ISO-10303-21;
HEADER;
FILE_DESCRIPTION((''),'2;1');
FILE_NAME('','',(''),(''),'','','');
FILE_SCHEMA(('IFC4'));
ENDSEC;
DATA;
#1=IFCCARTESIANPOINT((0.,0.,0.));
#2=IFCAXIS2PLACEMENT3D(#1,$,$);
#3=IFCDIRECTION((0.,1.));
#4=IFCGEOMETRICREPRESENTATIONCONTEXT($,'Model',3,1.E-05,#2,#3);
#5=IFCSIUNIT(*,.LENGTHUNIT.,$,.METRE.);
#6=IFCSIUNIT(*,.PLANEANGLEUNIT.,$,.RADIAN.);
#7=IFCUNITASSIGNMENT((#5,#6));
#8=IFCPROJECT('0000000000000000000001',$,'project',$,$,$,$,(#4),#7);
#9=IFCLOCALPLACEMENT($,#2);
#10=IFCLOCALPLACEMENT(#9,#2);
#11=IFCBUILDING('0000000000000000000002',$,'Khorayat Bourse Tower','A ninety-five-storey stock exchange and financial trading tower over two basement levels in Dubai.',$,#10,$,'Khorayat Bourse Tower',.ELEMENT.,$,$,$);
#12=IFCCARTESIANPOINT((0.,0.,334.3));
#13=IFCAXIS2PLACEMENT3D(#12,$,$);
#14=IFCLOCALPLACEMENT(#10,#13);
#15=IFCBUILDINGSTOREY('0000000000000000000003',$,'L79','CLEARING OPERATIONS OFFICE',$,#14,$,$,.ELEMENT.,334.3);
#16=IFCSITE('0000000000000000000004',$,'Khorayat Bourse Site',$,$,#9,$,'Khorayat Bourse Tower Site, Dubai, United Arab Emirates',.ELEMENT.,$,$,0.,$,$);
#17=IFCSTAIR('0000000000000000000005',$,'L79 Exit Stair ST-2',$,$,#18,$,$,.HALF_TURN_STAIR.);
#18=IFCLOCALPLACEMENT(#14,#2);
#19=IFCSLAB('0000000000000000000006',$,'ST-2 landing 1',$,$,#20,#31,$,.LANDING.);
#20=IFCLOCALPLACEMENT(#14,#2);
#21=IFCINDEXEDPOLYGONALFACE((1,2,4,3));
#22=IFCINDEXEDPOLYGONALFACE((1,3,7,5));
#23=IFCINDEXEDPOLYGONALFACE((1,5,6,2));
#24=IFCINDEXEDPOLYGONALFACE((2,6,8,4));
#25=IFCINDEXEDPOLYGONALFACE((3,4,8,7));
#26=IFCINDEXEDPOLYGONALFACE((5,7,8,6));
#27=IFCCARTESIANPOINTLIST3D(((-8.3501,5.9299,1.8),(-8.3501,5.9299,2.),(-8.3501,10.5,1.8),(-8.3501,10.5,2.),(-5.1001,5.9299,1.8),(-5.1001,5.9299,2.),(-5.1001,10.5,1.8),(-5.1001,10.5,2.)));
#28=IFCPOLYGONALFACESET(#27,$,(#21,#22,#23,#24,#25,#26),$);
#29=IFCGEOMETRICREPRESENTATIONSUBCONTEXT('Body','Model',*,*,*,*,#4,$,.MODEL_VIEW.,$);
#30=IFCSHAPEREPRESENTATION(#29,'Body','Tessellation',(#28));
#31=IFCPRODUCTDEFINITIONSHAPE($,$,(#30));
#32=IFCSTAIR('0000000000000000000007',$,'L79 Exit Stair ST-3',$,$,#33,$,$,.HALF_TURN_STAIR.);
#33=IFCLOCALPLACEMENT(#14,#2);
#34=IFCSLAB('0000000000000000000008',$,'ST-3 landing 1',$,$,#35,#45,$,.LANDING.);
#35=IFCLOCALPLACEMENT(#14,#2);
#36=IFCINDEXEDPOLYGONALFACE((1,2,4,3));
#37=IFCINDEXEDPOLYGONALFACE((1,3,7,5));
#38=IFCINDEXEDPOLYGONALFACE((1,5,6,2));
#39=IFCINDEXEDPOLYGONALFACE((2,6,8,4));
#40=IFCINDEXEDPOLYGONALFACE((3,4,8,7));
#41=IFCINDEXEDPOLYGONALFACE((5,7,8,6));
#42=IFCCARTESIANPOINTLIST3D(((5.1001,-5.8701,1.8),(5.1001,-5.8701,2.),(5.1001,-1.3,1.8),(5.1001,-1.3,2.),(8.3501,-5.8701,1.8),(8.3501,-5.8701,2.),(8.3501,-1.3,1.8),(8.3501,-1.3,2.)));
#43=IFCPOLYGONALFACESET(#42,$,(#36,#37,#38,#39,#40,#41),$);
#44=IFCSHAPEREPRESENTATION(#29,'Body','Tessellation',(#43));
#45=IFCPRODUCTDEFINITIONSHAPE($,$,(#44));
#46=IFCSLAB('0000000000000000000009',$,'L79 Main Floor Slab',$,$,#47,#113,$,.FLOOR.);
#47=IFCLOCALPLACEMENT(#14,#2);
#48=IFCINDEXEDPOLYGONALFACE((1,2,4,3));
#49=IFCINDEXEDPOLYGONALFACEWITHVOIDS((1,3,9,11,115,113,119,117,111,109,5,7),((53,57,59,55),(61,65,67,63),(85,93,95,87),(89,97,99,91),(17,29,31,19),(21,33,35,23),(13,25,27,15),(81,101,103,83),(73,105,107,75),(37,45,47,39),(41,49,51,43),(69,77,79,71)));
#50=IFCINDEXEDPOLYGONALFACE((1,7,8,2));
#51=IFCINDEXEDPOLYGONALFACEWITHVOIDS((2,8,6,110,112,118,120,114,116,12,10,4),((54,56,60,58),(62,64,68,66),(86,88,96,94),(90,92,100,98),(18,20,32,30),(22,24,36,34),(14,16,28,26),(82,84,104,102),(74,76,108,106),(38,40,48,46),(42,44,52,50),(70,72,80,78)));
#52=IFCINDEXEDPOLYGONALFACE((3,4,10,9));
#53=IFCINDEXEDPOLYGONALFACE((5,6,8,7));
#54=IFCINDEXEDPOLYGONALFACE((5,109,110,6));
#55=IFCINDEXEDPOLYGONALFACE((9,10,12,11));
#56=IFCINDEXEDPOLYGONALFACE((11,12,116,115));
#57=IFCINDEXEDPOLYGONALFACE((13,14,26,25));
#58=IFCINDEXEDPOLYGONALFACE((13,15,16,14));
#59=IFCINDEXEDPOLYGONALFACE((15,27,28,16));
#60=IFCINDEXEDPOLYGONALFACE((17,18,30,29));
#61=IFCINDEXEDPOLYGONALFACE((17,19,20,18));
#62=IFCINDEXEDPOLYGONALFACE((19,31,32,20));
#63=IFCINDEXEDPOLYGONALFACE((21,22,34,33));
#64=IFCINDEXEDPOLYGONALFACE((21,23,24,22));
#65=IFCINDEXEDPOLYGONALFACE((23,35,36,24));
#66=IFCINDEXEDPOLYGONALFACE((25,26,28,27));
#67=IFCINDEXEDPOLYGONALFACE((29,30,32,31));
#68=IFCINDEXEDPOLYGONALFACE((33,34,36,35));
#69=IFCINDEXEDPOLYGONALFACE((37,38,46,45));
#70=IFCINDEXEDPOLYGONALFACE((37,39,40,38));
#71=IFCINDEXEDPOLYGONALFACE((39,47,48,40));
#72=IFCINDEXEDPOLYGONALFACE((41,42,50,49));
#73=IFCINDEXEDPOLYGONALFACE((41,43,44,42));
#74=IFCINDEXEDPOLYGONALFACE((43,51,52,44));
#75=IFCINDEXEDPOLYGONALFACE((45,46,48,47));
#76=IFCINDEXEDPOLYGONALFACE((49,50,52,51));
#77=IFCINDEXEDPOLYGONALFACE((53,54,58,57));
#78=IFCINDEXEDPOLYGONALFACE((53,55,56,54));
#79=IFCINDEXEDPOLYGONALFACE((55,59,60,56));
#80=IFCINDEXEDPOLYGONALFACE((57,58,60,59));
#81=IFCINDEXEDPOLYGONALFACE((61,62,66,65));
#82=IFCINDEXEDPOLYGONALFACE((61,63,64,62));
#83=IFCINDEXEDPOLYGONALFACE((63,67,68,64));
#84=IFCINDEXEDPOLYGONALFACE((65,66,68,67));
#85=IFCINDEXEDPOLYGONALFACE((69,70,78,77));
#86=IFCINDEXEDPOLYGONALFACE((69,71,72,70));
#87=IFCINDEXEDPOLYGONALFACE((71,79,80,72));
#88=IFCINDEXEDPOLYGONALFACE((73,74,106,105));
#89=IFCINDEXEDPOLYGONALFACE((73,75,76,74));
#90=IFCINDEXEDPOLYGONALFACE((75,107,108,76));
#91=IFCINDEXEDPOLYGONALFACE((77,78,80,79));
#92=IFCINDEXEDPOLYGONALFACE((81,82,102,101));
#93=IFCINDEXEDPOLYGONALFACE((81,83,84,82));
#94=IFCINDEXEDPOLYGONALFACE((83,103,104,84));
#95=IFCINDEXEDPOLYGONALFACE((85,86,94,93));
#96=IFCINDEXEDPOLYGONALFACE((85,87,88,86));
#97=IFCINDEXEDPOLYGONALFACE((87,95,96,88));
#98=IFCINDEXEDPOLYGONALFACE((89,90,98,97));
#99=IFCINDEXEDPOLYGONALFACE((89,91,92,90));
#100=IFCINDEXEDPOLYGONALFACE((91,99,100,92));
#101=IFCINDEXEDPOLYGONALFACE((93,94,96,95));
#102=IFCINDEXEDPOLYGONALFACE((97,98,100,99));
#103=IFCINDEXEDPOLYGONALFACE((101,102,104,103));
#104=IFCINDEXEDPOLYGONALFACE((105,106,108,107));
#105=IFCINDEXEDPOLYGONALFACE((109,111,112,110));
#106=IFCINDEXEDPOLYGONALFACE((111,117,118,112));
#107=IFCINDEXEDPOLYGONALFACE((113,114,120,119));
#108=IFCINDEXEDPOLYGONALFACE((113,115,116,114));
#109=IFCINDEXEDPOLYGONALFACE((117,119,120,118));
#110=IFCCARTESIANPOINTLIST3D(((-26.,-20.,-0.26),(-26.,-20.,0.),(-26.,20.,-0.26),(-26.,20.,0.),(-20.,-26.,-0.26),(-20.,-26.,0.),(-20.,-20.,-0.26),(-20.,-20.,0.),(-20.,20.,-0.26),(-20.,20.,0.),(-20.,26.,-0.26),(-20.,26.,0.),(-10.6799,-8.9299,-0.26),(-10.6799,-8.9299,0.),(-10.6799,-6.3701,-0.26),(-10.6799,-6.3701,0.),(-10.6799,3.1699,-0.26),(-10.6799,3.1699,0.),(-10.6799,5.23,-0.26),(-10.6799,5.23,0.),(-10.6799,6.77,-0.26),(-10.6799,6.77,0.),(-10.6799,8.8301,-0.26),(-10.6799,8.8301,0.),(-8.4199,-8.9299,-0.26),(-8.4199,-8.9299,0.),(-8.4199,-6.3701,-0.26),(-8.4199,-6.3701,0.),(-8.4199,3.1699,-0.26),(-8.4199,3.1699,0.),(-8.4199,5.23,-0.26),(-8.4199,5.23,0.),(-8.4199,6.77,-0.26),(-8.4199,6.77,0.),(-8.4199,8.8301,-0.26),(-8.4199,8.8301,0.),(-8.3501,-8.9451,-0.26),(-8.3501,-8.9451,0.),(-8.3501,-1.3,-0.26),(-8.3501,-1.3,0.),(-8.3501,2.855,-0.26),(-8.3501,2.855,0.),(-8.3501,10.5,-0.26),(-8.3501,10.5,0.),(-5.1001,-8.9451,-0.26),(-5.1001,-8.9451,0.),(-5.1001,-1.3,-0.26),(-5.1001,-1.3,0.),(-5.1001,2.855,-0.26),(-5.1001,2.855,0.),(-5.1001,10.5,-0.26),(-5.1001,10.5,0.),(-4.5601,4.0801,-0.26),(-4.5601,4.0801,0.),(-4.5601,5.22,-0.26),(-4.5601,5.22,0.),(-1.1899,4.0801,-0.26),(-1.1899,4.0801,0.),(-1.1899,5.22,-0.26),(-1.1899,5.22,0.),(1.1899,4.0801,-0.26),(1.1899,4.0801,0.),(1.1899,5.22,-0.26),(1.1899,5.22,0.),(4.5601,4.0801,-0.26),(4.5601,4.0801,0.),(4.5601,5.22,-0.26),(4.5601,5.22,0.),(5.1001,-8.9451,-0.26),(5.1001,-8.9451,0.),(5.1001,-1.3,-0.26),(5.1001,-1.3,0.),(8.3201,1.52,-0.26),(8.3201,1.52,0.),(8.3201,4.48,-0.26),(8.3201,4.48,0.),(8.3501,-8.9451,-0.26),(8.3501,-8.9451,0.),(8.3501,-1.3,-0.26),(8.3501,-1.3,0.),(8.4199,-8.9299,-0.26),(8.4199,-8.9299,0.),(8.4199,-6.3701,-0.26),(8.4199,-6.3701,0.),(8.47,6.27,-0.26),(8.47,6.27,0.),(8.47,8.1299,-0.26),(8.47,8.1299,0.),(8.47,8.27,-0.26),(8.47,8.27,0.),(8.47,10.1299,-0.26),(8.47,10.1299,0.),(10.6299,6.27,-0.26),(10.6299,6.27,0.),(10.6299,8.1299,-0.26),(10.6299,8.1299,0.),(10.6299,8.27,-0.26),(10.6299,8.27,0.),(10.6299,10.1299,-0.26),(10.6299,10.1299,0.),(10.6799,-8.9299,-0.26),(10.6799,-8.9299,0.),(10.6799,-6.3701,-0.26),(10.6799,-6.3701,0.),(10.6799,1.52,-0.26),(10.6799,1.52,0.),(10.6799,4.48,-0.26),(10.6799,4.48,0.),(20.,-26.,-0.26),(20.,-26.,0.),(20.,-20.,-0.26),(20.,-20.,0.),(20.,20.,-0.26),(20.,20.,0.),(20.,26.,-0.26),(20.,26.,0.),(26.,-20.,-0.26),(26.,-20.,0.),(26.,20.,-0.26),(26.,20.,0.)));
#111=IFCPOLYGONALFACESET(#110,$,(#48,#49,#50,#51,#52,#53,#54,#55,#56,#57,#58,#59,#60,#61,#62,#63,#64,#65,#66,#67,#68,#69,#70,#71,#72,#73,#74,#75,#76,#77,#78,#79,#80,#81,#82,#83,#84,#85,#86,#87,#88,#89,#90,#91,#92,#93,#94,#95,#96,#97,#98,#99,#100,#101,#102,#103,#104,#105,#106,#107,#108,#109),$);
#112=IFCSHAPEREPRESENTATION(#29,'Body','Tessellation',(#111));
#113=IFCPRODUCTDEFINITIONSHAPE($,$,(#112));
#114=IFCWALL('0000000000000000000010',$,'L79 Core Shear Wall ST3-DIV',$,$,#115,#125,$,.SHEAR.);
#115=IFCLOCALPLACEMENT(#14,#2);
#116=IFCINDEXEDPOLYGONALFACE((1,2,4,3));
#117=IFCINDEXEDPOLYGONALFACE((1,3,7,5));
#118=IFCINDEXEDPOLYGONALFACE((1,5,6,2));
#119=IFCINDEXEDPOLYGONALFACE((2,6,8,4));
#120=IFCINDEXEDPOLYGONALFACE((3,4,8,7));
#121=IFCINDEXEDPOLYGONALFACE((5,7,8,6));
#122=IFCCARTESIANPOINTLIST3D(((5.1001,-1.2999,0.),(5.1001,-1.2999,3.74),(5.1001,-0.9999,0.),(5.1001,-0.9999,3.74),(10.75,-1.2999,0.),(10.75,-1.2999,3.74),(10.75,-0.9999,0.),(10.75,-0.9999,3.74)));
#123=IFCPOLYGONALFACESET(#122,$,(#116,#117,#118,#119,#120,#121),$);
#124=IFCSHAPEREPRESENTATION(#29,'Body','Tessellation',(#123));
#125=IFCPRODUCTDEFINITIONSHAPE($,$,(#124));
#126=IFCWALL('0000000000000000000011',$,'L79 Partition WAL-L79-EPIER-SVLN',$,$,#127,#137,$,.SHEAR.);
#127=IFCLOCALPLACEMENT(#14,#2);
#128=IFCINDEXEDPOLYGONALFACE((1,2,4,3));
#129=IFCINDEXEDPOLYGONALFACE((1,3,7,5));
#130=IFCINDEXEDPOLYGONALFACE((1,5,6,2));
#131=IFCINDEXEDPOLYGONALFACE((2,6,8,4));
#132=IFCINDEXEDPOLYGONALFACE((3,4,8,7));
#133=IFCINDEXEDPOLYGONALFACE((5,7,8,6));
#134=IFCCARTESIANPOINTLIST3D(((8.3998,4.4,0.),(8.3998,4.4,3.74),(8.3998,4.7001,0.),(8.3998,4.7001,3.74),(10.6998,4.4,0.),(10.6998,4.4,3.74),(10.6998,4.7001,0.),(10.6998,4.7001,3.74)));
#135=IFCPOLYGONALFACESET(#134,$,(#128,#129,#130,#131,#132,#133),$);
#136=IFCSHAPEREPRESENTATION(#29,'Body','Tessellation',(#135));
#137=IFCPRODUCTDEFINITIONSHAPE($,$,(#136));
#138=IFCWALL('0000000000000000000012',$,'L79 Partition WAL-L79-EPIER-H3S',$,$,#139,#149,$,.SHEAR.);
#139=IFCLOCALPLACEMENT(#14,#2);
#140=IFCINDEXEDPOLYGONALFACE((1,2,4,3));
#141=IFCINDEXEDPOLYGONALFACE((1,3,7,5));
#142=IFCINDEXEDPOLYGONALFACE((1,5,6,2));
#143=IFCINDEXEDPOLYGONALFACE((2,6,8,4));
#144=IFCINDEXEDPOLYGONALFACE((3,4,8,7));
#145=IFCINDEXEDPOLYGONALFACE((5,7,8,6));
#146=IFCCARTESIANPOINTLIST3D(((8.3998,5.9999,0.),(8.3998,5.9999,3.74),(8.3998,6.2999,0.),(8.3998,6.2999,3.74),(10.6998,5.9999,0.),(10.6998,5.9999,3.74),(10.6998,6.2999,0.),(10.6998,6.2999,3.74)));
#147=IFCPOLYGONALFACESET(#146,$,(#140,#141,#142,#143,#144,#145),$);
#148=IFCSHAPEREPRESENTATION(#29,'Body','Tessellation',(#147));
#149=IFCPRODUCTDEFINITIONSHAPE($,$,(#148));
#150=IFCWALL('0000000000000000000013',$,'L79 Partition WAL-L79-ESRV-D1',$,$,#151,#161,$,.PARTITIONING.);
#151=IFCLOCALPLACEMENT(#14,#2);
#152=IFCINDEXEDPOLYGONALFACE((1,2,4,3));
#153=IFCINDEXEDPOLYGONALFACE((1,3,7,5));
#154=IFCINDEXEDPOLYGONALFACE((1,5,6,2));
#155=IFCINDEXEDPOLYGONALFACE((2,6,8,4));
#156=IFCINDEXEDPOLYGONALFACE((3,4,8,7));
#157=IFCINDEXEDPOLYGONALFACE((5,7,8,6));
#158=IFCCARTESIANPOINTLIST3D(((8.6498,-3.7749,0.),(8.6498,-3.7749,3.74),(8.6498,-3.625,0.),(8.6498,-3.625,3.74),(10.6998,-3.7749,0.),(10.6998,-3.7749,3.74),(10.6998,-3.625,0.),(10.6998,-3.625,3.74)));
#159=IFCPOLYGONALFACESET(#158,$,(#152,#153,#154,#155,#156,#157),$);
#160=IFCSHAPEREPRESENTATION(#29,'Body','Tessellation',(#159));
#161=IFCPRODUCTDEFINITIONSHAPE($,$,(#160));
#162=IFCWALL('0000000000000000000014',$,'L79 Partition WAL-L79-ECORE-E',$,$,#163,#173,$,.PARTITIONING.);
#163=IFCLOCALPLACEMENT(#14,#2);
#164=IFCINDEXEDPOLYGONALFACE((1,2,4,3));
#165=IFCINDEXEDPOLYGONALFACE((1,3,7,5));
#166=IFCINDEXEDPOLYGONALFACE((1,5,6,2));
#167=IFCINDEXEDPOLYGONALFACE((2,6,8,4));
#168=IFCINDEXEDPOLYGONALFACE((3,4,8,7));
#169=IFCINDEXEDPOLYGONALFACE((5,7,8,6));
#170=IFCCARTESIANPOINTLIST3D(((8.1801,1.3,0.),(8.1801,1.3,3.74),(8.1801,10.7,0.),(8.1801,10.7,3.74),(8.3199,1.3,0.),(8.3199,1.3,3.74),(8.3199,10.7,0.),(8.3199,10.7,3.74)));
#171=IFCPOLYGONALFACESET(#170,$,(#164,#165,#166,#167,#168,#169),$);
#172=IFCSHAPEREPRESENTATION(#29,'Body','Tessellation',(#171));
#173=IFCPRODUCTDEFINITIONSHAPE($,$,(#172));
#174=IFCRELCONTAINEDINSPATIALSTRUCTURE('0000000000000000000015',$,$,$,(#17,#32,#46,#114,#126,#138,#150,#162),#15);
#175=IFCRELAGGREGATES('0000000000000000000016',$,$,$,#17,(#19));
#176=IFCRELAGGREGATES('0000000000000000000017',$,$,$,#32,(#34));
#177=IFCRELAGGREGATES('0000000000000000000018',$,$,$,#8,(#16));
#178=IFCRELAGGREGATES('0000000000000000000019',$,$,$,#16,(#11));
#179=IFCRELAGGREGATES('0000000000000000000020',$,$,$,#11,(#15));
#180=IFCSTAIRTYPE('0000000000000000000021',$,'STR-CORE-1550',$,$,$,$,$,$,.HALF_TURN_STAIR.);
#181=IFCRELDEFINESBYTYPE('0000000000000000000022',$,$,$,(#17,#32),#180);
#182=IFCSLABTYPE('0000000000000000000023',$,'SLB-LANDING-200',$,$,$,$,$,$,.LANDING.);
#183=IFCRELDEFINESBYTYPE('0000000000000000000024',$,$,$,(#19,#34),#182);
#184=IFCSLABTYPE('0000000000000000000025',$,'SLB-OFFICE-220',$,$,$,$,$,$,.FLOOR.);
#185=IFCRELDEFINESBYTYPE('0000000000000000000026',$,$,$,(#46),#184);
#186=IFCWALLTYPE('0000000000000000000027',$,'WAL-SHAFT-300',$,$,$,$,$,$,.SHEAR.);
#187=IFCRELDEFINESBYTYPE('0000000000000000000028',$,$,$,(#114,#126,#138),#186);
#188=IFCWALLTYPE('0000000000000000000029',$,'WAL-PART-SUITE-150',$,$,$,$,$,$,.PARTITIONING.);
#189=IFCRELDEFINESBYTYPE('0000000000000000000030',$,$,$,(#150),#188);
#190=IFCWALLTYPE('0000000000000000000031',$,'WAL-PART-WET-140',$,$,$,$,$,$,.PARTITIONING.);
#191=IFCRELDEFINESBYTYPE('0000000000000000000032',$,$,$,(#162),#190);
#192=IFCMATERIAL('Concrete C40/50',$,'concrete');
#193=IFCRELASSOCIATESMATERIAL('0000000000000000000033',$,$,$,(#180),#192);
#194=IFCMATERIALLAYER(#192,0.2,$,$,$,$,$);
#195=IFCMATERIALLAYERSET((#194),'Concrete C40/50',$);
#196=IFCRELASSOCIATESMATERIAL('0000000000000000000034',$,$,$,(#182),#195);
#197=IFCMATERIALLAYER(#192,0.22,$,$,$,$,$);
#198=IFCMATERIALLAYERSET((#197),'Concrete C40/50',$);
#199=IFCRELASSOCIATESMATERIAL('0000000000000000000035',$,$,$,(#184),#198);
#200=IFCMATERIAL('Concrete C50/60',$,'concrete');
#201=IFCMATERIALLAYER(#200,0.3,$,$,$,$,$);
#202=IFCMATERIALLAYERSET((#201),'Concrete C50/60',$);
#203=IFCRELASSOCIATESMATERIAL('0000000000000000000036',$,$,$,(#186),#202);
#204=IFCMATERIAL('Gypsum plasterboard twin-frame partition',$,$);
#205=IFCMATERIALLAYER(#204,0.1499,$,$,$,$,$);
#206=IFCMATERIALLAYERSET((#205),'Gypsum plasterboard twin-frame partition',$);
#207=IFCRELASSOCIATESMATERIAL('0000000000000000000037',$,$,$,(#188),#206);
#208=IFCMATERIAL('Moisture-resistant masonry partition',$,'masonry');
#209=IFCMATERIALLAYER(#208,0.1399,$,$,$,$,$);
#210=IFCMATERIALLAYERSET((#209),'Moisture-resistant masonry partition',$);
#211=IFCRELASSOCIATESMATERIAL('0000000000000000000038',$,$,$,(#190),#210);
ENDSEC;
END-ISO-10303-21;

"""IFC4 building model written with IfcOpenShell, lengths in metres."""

from ifc_helpers import new_model, si_unit, direction, frame, frame_2d, origin, place, context, subcontext, project, spatial, polyline, rectangle, outline, extrude, source, transform, mapped, material, layer, layer_set, type_object, element, aggregate, save


model = new_model("IFC4")

# Units and contexts
model_context = context("Model", 3, precision=1e-05, world=origin(), true_north=direction((0.0, 1.0)))
body_context = subcontext(model_context, "Body", "Model", "MODEL_VIEW")
ifc_project = project(units=[si_unit("LENGTHUNIT", "METRE"), si_unit("PLANEANGLEUNIT", "RADIAN")], contexts=[model_context])

# Site, building, storey
site_placement = place(None, origin())
site = spatial("IfcSite", under=ifc_project, at=site_placement, Name="Khorayat Bourse Site", LongName="Khorayat Bourse Tower Site, Dubai, United Arab Emirates", CompositionType="ELEMENT", RefElevation=0.0)
building_placement = place(site_placement, origin())
building = spatial("IfcBuilding", under=site, at=building_placement, Name="Khorayat Bourse Tower", Description="A ninety-five-storey stock exchange and financial trading tower over two basement levels in Dubai.", LongName="Khorayat Bourse Tower", CompositionType="ELEMENT")
storey_placement = place(building_placement, frame((0.0, 0.0, 334.3)))
storey = spatial("IfcBuildingStorey", under=building, at=storey_placement, Name="L79", Description="CLEARING OPERATIONS OFFICE", CompositionType="ELEMENT", Elevation=334.3)

# Stairs, slabs
ifc_material_1 = material(Name="Concrete C40/50", Category="concrete")
stair_type = type_object("IfcStairType", Name="STR-CORE-1550", PredefinedType="HALF_TURN_STAIR", material=ifc_material_1)
ifc_layer_1 = layer(ifc_material_1, 0.2)
ifc_layer_set_1 = layer_set([ifc_layer_1], Name="Concrete C40/50")
slab_type_1 = type_object("IfcSlabType", Name="SLB-LANDING-200", PredefinedType="LANDING", material=ifc_layer_set_1)
stair_1_placement = place(storey_placement, origin())
stair_1 = element("IfcStair", 1, at=stair_1_placement, inside=storey, type_object=stair_type, Name="L79 Exit Stair ST-2", PredefinedType="HALF_TURN_STAIR")
slab_1_placement = place(storey_placement, frame((0.0, 0.0, 1.8)))
slab_1 = element("IfcSlab", 2, at=slab_1_placement, type_object=slab_type_1, Name="ST-2 landing 1", PredefinedType="LANDING", context=body_context, shape_type="SweptSolid", body=[
    extrude(outline(polyline([(-5.1001, 5.9299), (-5.1001, 10.5), (-8.3501, 10.5), (-8.3501, 5.9299), (-5.1001, 5.9299)])), origin(), (0.0, 0.0, 1.0), 0.2),
])
aggregate(stair_1, [slab_1])
stair_2_placement = place(storey_placement, origin())
stair_2 = element("IfcStair", 3, at=stair_2_placement, inside=storey, type_object=stair_type, Name="L79 Exit Stair ST-3", PredefinedType="HALF_TURN_STAIR")
slab_2_placement = place(storey_placement, frame((0.0, 0.0, 1.8)))
slab_2 = element("IfcSlab", 4, at=slab_2_placement, type_object=slab_type_1, Name="ST-3 landing 1", PredefinedType="LANDING", context=body_context, shape_type="SweptSolid", body=[
    extrude(outline(polyline([(8.3501, -5.8701), (8.3501, -1.3), (5.1001, -1.3), (5.1001, -5.8701), (8.3501, -5.8701)])), origin(), (0.0, 0.0, 1.0), 0.2),
])
aggregate(stair_2, [slab_2])

# Slab
ifc_layer_2 = layer(ifc_material_1, 0.22)
ifc_layer_set_2 = layer_set([ifc_layer_2], Name="Concrete C40/50")
slab_type_2 = type_object("IfcSlabType", Name="SLB-OFFICE-220", PredefinedType="FLOOR", material=ifc_layer_set_2)
slab_3_placement = place(storey_placement, frame((0.0, 0.0, -0.26)))
element("IfcSlab", 5, at=slab_3_placement, inside=storey, type_object=slab_type_2, Name="L79 Main Floor Slab", PredefinedType="FLOOR", context=body_context, shape_type="SweptSolid", body=[
    extrude(outline(polyline([(-20.0, -26.0), (20.0, -26.0), (20.0, -20.0), (26.0, -20.0), (26.0, 20.0), (20.0, 20.0), (20.0, 26.0), (-20.0, 26.0), (-20.0, 20.0), (-26.0, 20.0), (-26.0, -20.0), (-20.0, -20.0), (-20.0, -26.0)]), holes=[polyline([(-8.3501, -8.9451), (-5.1001, -8.9451), (-5.1001, -1.3), (-8.3501, -1.3), (-8.3501, -8.9451)]), polyline([(-8.3501, 2.855), (-5.1001, 2.855), (-5.1001, 10.5), (-8.3501, 10.5), (-8.3501, 2.855)]), polyline([(5.1001, -8.9451), (8.3501, -8.9451), (8.3501, -1.3), (5.1001, -1.3), (5.1001, -8.9451)]), polyline([(-10.6799, 3.1699), (-8.4199, 3.1699), (-8.4199, 5.23), (-10.6799, 5.23), (-10.6799, 3.1699)]), polyline([(-10.6799, 6.77), (-8.4199, 6.77), (-8.4199, 8.8301), (-10.6799, 8.8301), (-10.6799, 6.77)]), polyline([(8.47, 6.27), (10.6299, 6.27), (10.6299, 8.1299), (8.47, 8.1299), (8.47, 6.27)]), polyline([(8.47, 8.27), (10.6299, 8.27), (10.6299, 10.1299), (8.47, 10.1299), (8.47, 8.27)]), polyline([(-10.6799, -8.9299), (-8.4199, -8.9299), (-8.4199, -6.3701), (-10.6799, -6.3701), (-10.6799, -8.9299)]), polyline([(8.4199, -8.9299), (10.6799, -8.9299), (10.6799, -6.3701), (8.4199, -6.3701), (8.4199, -8.9299)]), polyline([(8.3201, 1.52), (10.6799, 1.52), (10.6799, 4.48), (8.3201, 4.48), (8.3201, 1.52)]), polyline([(-4.5601, 4.0801), (-1.1899, 4.0801), (-1.1899, 5.22), (-4.5601, 5.22), (-4.5601, 4.0801)]), polyline([(1.1899, 4.0801), (4.5601, 4.0801), (4.5601, 5.22), (1.1899, 5.22), (1.1899, 4.0801)])]), origin(), (0.0, 0.0, 1.0), 0.26),
])

# Walls
ifc_material_2 = material(Name="Concrete C50/60", Category="concrete")
ifc_layer_3 = layer(ifc_material_2, 0.3)
ifc_layer_set_3 = layer_set([ifc_layer_3], Name="Concrete C50/60")
wall_type_1 = type_object("IfcWallType", Name="WAL-SHAFT-300", PredefinedType="SHEAR", material=ifc_layer_set_3)
shared_shape_1 = source(origin(), body_context, "Body", "SweptSolid", [
    extrude(rectangle(XDim=5.6499, YDim=0.3, at=frame_2d((2.825, 0.0))), origin(), (0.0, 0.0, 1.0), 3.74),
])
wall_1_placement = place(storey_placement, frame((5.1001, -1.1499, 0.0), z_axis=(0.0, 0.0, 1.0), x_axis=(1.0, 0.0, 0.0)))
element("IfcWall", 6, at=wall_1_placement, inside=storey, type_object=wall_type_1, Name="L79 Core Shear Wall ST3-DIV", PredefinedType="SHEAR", context=body_context, shape_type="MappedRepresentation", body=[
    mapped(shared_shape_1, transform((0.0, 0.0, 0.0), scale=1.0)),
])
shared_shape_2 = source(origin(), body_context, "Body", "SweptSolid", [
    extrude(rectangle(XDim=2.3, YDim=0.3, at=frame_2d((1.1499, 0.0))), origin(), (0.0, 0.0, 1.0), 3.74),
])
for number, where, z_axis, x_axis, name in (
    (7, (8.3999, 4.55, 0.0), (0.0, 0.0, 1.0), (1.0, 0.0, 0.0), "L79 Partition WAL-L79-EPIER-SVLN"),
    (8, (8.3999, 6.1499, 0.0), (0.0, 0.0, 1.0), (1.0, 0.0, 0.0), "L79 Partition WAL-L79-EPIER-H3S"),
):
    element("IfcWall", number, at=place(storey_placement, frame(where, z_axis=z_axis, x_axis=x_axis)), inside=storey, type_object=wall_type_1, Name=name, PredefinedType="SHEAR", context=body_context, shape_type="MappedRepresentation", body=[
        mapped(shared_shape_2, transform((0.0, 0.0, 0.0), scale=1.0)),
    ])
ifc_material_3 = material(Name="Gypsum plasterboard twin-frame partition")
ifc_layer_4 = layer(ifc_material_3, 0.1499)
ifc_layer_set_4 = layer_set([ifc_layer_4], Name="Gypsum plasterboard twin-frame partition")
wall_type_2 = type_object("IfcWallType", Name="WAL-PART-SUITE-150", PredefinedType="PARTITIONING", material=ifc_layer_set_4)
shared_shape_3 = source(origin(), body_context, "Body", "SweptSolid", [
    extrude(rectangle(XDim=2.05, YDim=0.1499, at=frame_2d((1.0249, 0.0))), origin(), (0.0, 0.0, 1.0), 3.74),
])
wall_2_placement = place(storey_placement, frame((8.6499, -3.7, 0.0), z_axis=(0.0, 0.0, 1.0), x_axis=(1.0, 0.0, 0.0)))
element("IfcWall", 9, at=wall_2_placement, inside=storey, type_object=wall_type_2, Name="L79 Partition WAL-L79-ESRV-D1", PredefinedType="PARTITIONING", context=body_context, shape_type="MappedRepresentation", body=[
    mapped(shared_shape_3, transform((0.0, 0.0, 0.0), scale=1.0)),
])
ifc_material_4 = material(Name="Moisture-resistant masonry partition", Category="masonry")
ifc_layer_5 = layer(ifc_material_4, 0.1399)
ifc_layer_set_5 = layer_set([ifc_layer_5], Name="Moisture-resistant masonry partition")
wall_type_3 = type_object("IfcWallType", Name="WAL-PART-WET-140", PredefinedType="PARTITIONING", material=ifc_layer_set_5)
shared_shape_4 = source(origin(), body_context, "Body", "SweptSolid", [
    extrude(rectangle(XDim=9.3999, YDim=0.1399, at=frame_2d((4.7, 0.0))), origin(), (0.0, 0.0, 1.0), 3.74),
])
wall_3_placement = place(storey_placement, frame((8.25, 1.3, 0.0), z_axis=(0.0, 0.0, 1.0), x_axis=(0.0, 1.0, 0.0)))
element("IfcWall", 10, at=wall_3_placement, inside=storey, type_object=wall_type_3, Name="L79 Partition WAL-L79-ECORE-E", PredefinedType="PARTITIONING", context=body_context, shape_type="MappedRepresentation", body=[
    mapped(shared_shape_4, transform((0.0, 0.0, 0.0), scale=1.0)),
])

save(model, "model.ifc")
